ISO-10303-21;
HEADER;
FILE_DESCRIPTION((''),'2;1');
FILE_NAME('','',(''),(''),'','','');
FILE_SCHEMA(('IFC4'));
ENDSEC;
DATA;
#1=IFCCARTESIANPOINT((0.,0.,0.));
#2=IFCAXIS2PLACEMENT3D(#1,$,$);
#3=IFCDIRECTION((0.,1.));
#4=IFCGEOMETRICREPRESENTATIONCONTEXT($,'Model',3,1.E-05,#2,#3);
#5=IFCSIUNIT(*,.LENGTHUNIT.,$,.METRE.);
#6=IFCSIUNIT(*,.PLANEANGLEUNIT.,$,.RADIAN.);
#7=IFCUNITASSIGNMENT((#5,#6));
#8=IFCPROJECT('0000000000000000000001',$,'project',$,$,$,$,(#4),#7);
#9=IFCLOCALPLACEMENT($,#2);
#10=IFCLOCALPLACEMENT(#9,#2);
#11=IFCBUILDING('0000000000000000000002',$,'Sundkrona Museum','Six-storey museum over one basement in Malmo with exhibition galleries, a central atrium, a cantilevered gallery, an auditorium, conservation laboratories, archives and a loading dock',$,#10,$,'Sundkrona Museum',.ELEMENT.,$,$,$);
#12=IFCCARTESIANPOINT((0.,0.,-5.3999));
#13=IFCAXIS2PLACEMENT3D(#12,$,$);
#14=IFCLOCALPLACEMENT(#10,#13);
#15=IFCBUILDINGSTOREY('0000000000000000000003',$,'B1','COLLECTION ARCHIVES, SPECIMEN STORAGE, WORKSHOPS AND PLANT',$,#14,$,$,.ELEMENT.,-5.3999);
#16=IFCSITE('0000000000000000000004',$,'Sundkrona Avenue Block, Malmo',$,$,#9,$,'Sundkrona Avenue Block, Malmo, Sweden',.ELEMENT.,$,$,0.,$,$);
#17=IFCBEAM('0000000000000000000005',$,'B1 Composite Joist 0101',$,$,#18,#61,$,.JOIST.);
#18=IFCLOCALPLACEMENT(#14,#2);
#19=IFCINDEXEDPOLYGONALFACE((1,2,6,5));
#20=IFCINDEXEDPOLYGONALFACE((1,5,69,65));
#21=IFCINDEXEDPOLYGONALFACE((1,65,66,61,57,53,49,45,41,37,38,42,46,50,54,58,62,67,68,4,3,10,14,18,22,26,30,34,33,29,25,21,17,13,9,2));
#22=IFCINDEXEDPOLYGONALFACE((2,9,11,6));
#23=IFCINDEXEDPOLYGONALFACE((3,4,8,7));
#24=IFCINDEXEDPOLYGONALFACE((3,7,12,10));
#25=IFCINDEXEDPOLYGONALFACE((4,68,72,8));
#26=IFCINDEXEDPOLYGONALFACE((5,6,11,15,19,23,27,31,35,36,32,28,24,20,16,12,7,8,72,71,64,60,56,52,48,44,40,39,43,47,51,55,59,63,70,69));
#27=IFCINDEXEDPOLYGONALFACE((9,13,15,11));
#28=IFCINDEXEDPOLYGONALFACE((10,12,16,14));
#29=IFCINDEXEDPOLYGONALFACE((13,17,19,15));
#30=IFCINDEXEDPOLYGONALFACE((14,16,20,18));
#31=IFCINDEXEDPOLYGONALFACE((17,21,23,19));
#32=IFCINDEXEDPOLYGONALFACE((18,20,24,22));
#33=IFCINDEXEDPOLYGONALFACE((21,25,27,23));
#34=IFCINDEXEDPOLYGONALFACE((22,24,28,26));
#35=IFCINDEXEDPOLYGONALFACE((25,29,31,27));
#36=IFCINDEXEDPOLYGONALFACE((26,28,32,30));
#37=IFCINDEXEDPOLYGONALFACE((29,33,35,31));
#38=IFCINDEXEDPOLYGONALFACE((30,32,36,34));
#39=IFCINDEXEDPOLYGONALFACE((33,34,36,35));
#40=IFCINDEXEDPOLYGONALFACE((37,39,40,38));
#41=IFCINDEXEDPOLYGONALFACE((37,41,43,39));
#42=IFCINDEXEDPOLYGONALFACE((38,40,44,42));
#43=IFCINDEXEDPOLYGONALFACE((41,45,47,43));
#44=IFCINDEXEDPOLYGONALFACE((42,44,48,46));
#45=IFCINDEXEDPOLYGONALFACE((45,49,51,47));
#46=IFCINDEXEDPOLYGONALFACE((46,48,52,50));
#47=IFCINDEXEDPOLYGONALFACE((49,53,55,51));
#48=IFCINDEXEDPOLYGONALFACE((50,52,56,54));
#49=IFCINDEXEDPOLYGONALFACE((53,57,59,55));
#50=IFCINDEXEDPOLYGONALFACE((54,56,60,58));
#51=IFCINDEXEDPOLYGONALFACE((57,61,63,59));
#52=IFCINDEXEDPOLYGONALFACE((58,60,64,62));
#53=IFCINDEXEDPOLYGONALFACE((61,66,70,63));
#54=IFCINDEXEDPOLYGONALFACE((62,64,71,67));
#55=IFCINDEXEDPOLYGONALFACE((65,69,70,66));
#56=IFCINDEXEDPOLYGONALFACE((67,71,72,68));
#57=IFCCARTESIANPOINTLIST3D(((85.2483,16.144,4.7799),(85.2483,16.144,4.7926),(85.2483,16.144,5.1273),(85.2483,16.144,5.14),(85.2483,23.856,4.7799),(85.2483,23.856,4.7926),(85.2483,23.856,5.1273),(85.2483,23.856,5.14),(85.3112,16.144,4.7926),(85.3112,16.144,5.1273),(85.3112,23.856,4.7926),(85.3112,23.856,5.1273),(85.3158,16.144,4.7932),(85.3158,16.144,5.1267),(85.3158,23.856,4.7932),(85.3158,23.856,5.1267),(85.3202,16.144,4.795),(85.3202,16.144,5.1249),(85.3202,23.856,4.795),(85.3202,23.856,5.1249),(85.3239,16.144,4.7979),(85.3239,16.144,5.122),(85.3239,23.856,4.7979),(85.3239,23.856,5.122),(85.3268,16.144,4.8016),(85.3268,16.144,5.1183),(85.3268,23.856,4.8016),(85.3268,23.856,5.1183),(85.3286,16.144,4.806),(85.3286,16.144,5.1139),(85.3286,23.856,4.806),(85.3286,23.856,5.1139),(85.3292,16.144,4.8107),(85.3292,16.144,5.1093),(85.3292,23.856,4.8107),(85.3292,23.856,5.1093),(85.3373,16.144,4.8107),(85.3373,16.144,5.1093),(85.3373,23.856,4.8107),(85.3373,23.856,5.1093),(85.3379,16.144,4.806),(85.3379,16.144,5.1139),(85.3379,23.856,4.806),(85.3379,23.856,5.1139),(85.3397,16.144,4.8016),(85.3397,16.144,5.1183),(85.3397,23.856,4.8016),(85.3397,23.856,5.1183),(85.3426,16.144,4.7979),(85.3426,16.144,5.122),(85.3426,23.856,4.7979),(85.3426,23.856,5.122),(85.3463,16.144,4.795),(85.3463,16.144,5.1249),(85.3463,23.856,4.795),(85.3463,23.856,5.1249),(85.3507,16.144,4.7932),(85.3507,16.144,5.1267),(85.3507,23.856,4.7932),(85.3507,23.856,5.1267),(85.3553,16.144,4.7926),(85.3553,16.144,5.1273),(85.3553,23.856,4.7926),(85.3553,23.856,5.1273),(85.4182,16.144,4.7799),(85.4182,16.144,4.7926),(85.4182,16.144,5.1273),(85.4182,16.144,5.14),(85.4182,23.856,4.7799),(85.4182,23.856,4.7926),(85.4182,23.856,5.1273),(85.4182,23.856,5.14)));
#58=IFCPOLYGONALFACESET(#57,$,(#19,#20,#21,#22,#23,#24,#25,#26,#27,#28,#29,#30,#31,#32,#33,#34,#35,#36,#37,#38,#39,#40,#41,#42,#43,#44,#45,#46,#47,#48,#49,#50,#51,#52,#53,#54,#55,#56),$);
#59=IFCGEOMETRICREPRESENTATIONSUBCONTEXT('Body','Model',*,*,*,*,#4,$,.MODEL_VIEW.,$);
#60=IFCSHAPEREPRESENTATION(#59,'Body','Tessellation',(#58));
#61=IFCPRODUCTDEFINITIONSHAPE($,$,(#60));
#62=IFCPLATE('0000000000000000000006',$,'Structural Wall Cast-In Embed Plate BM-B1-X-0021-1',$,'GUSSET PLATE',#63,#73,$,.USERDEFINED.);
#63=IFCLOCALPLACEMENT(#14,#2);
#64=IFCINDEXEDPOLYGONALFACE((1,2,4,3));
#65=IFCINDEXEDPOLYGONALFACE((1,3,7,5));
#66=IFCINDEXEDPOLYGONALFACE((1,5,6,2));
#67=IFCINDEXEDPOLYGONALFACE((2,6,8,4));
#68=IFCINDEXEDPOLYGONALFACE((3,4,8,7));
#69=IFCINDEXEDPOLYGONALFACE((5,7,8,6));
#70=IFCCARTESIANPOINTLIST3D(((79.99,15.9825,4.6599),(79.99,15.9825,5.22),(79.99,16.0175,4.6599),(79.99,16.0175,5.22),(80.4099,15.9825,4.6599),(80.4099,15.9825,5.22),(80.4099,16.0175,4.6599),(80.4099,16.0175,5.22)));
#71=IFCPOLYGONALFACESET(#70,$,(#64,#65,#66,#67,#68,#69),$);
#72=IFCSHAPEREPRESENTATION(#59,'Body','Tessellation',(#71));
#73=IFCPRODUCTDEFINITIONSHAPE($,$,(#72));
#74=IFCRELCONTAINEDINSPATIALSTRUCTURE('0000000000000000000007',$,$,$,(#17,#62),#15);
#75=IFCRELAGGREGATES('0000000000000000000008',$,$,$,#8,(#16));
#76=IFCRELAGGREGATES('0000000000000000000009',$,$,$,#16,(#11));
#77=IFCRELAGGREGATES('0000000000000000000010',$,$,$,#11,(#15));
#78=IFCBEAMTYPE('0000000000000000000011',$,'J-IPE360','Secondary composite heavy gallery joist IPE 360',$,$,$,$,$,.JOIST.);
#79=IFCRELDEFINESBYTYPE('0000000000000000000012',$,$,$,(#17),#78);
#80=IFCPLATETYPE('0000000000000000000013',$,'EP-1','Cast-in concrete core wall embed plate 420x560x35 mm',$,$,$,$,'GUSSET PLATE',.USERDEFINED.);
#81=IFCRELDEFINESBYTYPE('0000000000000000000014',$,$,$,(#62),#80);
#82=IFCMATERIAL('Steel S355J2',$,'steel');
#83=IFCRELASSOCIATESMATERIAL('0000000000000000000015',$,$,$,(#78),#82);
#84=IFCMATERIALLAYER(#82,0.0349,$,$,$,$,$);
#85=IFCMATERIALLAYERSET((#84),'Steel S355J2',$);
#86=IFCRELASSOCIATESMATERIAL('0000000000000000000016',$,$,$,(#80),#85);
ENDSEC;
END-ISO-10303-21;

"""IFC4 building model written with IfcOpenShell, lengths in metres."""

from ifc_helpers import new_model, si_unit, direction, frame, origin, origin_2d, place, context, subcontext, project, spatial, rectangle, i_section, extrude, material, layer, layer_set, material_profile, profile_set, type_object, element, save


model = new_model("IFC4")

# Units and contexts
model_context = context("Model", 3, precision=1e-05, world=origin(), true_north=direction((0.0, 1.0)))
body_context = subcontext(model_context, "Body", "Model", "MODEL_VIEW")
ifc_project = project(units=[si_unit("LENGTHUNIT", "METRE"), si_unit("PLANEANGLEUNIT", "RADIAN")], contexts=[model_context])

# Site, building, storey
site_placement = place(None, origin())
site = spatial("IfcSite", under=ifc_project, at=site_placement, Name="Sundkrona Avenue Block, Malmo", LongName="Sundkrona Avenue Block, Malmo, Sweden", CompositionType="ELEMENT", RefElevation=0.0)
building_placement = place(site_placement, origin())
building = spatial("IfcBuilding", under=site, at=building_placement, Name="Sundkrona Museum", Description="Six-storey museum over one basement in Malmo with exhibition galleries, a central atrium, a cantilevered gallery, an auditorium, conservation laboratories, archives and a loading dock", LongName="Sundkrona Museum", CompositionType="ELEMENT")
storey_placement = place(building_placement, frame((0.0, 0.0, -5.3999)))
storey = spatial("IfcBuildingStorey", under=building, at=storey_placement, Name="B1", Description="COLLECTION ARCHIVES, SPECIMEN STORAGE, WORKSHOPS AND PLANT", CompositionType="ELEMENT", Elevation=-5.3999)

# Shared definitions
ifc_material_1 = material(Name="Steel S355J2", Category="steel")

# Beam
ifc_material_profile_1 = material_profile(ifc_material_1, i_section(OverallWidth=0.1699, OverallDepth=0.3601, WebThickness=0.0081, FlangeThickness=0.0127, FilletRadius=0.0181, at=origin_2d()), Name="IPE 360")
ifc_profile_set_1 = profile_set([ifc_material_profile_1], Name="Steel S355J2")
beam_type_1 = type_object("IfcBeamType", Name="J-IPE360", Description="Secondary composite heavy gallery joist IPE 360", PredefinedType="JOIST", material=ifc_profile_set_1)
beam_1_placement = place(storey_placement, frame((85.3333, 16.144, 4.96), z_axis=(0.0, 1.0, 0.0), x_axis=(-1.0, 0.0, 0.0)))
element("IfcBeam", 1, at=beam_1_placement, inside=storey, type_object=beam_type_1, Name="B1 Composite Joist 0101", PredefinedType="JOIST", context=body_context, shape_type="SweptSolid", body=[
    extrude(i_section(OverallWidth=0.1699, OverallDepth=0.3601, WebThickness=0.0081, FlangeThickness=0.0127, FilletRadius=0.0181, at=origin_2d()), origin(), (0.0, 0.0, 1.0), 7.7119),
])

# Plate
ifc_layer = layer(ifc_material_1, 0.0349)
ifc_layer_set = layer_set([ifc_layer], Name="Steel S355J2")
plate_type = type_object("IfcPlateType", Name="EP-1", Description="Cast-in concrete core wall embed plate 420x560x35 mm", ElementType="GUSSET PLATE", PredefinedType="USERDEFINED", material=ifc_layer_set)
plate_placement = place(storey_placement, frame((80.2, 16.0, 4.6599), z_axis=(0.0, 0.0, 1.0), x_axis=(1.0, 0.0, 0.0)))
element("IfcPlate", 2, at=plate_placement, inside=storey, type_object=plate_type, Name="Structural Wall Cast-In Embed Plate BM-B1-X-0021-1", ObjectType="GUSSET PLATE", PredefinedType="USERDEFINED", context=body_context, shape_type="SweptSolid", body=[
    extrude(rectangle(XDim=0.4199, YDim=0.0349, at=origin_2d()), origin(), (0.0, 0.0, 1.0), 0.5601),
])

save(model, "model.ifc")
